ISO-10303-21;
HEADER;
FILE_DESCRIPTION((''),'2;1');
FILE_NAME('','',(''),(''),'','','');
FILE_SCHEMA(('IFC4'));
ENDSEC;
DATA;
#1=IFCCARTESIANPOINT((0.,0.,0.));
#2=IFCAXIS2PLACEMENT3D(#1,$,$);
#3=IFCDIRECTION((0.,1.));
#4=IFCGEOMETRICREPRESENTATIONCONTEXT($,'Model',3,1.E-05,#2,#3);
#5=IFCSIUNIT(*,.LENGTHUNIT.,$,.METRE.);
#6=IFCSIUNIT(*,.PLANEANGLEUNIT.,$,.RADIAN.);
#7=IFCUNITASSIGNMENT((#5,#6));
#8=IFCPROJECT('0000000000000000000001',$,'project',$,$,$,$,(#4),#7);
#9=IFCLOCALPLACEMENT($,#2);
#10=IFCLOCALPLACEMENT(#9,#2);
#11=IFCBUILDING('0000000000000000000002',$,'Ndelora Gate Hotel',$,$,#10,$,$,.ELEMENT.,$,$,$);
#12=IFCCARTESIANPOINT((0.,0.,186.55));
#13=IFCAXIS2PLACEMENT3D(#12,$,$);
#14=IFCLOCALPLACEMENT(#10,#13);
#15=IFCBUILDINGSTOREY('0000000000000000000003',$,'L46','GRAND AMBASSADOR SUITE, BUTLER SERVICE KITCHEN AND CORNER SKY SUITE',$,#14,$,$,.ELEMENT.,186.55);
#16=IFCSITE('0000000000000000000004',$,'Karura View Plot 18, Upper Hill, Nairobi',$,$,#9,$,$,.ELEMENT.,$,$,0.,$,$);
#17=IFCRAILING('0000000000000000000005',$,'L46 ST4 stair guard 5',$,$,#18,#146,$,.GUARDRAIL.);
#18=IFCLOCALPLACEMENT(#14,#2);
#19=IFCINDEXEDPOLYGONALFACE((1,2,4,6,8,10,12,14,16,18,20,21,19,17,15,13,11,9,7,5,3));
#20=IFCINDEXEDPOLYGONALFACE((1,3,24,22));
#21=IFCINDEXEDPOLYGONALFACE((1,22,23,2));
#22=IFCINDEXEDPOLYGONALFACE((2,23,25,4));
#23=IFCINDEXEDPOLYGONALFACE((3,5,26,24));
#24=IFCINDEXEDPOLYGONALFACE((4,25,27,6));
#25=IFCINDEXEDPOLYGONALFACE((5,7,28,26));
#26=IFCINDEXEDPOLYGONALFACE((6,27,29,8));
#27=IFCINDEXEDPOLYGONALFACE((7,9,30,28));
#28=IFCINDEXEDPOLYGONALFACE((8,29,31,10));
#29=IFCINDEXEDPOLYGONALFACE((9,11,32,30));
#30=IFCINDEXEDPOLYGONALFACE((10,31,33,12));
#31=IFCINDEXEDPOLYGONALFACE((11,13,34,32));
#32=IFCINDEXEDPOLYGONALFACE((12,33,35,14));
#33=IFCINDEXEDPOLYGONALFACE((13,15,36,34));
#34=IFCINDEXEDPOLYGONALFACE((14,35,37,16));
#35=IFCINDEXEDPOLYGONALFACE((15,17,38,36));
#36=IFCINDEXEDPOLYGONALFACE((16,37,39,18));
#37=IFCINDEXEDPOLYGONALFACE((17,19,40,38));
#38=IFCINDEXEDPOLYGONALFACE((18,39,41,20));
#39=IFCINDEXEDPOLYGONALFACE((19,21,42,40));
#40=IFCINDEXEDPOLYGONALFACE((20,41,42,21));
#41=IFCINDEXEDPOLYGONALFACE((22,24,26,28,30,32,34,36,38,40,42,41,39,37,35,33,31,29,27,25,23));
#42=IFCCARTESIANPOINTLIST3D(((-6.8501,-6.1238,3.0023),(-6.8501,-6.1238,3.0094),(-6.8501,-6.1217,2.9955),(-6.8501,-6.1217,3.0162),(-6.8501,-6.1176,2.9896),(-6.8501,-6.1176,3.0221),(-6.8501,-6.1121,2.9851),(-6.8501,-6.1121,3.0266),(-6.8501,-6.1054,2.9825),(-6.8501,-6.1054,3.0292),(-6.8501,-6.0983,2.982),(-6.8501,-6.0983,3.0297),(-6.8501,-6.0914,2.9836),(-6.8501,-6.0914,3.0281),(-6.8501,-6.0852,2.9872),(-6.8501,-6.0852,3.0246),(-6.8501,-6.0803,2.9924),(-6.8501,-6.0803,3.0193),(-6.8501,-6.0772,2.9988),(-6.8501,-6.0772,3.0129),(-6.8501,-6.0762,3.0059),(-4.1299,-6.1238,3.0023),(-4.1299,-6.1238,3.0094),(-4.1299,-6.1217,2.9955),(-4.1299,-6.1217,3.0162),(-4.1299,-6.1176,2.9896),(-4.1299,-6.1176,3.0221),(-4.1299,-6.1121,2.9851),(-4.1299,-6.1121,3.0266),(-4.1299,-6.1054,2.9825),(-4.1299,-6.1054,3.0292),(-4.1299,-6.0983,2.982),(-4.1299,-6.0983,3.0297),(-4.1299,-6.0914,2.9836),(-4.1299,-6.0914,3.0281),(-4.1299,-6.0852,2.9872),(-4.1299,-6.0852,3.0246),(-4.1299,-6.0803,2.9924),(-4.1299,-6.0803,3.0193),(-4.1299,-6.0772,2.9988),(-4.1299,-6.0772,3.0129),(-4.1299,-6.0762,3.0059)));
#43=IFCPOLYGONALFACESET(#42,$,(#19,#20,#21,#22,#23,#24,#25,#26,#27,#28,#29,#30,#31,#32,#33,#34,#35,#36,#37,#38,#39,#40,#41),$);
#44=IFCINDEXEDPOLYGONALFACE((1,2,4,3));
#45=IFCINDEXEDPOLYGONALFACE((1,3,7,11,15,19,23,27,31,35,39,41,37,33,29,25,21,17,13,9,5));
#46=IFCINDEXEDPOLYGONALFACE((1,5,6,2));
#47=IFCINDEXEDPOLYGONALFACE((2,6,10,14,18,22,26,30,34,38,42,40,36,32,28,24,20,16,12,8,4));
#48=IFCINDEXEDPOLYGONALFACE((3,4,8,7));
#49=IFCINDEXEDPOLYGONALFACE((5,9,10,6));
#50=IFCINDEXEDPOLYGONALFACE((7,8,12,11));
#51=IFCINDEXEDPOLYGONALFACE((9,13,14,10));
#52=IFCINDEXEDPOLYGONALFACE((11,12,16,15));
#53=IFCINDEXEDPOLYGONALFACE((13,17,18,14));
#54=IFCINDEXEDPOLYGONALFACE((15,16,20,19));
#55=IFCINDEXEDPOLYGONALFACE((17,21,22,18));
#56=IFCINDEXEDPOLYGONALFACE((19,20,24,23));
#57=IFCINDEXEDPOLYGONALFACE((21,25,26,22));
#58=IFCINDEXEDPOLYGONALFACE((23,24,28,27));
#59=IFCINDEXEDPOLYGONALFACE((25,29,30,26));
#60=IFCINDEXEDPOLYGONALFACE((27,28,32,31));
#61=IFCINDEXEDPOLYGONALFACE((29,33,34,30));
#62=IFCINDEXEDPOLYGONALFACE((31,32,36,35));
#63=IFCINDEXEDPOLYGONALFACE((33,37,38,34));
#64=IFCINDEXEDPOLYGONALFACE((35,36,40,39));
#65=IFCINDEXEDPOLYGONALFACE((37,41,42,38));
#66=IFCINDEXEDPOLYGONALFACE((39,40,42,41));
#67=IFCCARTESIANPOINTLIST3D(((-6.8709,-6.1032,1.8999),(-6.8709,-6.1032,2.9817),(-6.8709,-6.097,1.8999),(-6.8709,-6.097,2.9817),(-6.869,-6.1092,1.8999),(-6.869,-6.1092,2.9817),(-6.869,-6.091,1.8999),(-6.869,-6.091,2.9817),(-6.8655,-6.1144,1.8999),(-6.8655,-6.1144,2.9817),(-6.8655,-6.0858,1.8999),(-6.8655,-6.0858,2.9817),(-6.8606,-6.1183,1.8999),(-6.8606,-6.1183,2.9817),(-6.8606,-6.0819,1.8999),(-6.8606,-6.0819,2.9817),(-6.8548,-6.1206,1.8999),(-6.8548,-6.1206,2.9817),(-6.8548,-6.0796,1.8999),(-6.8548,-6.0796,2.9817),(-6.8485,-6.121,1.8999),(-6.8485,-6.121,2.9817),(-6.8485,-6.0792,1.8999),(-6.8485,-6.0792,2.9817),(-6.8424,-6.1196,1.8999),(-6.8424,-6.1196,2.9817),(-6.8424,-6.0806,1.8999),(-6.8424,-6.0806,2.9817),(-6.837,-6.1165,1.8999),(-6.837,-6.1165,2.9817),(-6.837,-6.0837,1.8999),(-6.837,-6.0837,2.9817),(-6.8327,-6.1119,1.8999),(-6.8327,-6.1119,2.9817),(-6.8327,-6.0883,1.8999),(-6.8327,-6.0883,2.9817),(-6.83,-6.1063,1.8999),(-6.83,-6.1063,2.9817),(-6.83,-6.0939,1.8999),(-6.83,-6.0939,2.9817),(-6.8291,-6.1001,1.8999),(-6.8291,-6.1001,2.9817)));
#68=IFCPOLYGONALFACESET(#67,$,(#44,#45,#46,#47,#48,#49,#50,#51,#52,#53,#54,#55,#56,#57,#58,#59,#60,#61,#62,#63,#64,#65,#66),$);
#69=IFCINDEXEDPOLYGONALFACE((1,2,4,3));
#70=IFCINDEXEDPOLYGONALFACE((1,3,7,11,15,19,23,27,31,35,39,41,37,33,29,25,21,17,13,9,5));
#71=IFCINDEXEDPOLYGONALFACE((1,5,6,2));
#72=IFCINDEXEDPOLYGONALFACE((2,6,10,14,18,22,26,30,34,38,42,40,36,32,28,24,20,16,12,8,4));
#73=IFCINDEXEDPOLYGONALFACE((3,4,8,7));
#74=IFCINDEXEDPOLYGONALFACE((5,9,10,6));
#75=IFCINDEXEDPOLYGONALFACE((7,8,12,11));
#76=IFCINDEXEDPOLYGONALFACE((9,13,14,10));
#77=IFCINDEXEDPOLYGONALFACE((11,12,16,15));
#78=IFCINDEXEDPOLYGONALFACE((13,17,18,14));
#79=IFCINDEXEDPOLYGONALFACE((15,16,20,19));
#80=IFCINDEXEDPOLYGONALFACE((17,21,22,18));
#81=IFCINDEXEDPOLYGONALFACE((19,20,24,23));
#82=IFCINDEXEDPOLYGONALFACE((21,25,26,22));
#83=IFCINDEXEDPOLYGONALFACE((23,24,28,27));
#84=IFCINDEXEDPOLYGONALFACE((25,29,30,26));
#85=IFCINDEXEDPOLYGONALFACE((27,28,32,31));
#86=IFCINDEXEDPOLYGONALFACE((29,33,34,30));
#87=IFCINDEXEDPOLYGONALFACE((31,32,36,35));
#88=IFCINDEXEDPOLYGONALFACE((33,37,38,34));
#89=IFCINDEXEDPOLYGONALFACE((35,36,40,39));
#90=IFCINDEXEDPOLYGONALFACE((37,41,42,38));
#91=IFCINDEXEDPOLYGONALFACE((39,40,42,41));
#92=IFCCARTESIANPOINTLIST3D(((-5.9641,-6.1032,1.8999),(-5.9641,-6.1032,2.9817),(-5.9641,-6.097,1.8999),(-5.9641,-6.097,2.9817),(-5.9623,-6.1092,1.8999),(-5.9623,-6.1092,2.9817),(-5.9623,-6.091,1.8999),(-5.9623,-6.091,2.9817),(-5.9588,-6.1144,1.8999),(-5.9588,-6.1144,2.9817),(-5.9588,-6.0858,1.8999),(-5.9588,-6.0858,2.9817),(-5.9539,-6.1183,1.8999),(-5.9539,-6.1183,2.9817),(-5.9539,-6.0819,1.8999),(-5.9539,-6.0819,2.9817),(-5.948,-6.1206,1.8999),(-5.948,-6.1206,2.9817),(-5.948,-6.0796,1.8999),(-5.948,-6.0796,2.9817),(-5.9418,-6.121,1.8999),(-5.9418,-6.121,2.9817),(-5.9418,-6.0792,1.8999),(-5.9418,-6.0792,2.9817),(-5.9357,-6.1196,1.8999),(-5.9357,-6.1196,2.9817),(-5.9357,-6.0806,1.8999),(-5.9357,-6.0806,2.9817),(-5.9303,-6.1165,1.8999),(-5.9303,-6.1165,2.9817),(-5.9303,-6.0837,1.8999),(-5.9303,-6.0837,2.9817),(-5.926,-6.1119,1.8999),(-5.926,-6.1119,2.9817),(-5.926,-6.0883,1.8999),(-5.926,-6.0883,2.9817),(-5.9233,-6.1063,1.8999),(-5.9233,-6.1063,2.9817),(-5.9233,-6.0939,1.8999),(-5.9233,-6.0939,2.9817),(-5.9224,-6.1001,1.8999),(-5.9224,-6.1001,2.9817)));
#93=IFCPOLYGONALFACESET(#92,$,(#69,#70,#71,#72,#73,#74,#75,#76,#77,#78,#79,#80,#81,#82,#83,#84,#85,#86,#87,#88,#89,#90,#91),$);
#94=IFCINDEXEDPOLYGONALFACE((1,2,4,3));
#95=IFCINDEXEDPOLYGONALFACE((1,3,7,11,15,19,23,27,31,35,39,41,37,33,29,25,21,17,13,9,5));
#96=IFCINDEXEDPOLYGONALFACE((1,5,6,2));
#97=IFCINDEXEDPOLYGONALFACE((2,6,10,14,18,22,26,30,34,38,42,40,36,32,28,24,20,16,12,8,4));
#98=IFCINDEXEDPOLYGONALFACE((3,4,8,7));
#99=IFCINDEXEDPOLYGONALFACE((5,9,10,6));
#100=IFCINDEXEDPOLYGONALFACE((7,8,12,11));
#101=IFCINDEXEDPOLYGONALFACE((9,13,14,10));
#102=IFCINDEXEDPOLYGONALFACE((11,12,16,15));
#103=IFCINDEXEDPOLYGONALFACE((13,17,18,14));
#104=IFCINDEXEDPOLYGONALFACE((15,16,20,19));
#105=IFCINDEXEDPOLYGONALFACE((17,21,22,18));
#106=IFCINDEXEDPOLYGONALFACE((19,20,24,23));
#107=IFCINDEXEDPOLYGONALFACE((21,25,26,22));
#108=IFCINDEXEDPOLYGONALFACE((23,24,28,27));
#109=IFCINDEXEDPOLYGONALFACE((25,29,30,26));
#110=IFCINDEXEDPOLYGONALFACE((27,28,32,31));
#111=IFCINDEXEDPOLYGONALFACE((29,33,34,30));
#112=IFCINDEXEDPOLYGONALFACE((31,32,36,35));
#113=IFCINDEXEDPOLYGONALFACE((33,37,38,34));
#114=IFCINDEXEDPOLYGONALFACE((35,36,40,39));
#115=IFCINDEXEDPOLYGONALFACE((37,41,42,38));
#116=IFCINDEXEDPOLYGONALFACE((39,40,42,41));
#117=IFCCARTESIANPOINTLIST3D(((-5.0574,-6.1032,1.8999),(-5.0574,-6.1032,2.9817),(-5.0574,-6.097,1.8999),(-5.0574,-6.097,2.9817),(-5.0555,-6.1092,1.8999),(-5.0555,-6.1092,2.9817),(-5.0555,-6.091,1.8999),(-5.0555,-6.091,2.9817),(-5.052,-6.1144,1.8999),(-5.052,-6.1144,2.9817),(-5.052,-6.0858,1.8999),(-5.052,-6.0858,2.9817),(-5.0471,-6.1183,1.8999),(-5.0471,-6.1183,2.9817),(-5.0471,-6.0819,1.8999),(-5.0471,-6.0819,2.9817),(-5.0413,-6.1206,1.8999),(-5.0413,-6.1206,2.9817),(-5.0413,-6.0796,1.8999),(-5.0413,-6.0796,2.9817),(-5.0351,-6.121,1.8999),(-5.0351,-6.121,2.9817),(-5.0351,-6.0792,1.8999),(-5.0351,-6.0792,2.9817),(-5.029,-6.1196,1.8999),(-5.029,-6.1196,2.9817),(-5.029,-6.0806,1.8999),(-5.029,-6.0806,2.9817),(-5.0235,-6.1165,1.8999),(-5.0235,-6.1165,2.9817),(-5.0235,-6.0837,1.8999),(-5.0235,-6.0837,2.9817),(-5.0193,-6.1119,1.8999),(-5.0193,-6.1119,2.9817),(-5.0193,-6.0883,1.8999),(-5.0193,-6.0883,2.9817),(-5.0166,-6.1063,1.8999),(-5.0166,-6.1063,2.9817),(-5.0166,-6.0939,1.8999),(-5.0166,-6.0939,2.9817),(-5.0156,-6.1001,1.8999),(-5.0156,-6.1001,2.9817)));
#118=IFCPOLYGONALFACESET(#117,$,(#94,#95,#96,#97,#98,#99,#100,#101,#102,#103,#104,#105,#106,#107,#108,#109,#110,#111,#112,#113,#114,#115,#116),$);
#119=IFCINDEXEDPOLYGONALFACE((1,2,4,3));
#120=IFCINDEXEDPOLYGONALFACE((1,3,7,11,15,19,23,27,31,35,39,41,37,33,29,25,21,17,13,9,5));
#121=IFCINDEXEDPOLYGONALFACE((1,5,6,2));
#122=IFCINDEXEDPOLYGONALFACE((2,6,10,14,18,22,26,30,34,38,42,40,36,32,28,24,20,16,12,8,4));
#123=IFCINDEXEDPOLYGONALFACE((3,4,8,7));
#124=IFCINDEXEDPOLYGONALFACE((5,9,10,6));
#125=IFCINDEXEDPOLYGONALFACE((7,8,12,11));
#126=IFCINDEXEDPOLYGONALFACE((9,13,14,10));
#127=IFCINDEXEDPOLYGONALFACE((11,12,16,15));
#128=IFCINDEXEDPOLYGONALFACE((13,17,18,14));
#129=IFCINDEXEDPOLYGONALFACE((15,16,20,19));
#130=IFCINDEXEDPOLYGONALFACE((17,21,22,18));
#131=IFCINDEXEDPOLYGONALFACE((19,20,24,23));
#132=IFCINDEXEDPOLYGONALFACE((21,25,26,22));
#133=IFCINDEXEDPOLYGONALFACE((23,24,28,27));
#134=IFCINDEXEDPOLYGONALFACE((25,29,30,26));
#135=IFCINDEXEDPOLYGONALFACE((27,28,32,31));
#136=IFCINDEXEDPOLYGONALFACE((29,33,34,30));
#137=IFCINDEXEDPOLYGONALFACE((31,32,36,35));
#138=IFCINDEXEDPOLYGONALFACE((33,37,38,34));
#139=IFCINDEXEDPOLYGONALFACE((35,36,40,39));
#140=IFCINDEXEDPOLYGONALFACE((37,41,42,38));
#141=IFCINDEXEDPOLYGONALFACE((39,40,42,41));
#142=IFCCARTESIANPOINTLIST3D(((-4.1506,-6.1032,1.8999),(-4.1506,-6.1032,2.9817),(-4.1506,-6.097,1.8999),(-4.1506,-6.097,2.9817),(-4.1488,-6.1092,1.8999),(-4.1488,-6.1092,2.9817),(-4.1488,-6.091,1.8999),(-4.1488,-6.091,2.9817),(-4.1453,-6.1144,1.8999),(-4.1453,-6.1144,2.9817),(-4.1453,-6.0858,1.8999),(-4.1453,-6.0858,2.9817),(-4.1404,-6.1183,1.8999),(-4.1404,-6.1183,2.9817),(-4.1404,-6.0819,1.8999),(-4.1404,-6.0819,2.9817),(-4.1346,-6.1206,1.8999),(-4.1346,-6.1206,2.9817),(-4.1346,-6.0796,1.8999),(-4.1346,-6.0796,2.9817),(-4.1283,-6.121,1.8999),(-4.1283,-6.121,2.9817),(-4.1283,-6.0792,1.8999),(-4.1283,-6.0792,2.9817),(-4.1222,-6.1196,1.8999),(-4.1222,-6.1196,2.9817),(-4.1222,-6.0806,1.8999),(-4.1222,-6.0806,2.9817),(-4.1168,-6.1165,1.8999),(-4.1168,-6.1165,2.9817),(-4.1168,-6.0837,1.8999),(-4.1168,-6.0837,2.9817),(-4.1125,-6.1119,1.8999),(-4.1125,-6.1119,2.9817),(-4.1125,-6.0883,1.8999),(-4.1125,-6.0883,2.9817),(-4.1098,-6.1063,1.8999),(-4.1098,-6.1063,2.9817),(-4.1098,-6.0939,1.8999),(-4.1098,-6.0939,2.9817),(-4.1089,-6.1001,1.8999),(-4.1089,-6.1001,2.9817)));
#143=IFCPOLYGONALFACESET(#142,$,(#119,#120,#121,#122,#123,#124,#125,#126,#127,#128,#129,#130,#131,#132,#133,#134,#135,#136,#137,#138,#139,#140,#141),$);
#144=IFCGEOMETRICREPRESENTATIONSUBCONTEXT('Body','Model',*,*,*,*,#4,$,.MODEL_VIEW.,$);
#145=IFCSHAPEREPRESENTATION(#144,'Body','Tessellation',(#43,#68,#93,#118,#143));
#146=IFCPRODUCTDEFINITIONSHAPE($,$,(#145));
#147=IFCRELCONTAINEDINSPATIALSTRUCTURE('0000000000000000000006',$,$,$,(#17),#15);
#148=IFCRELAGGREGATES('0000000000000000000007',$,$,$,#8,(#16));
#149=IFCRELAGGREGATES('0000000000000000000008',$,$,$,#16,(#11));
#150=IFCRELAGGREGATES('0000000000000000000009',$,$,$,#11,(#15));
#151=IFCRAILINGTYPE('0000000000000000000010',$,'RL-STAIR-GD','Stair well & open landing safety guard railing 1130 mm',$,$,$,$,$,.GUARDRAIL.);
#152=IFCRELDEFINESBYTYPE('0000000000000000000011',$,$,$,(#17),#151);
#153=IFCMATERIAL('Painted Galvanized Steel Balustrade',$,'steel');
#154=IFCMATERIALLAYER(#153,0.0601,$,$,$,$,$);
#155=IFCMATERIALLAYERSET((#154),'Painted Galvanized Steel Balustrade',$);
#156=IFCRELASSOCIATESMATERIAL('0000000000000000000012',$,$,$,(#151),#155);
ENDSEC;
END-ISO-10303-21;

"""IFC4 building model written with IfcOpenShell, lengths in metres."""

from ifc_helpers import new_model, si_unit, direction, frame, origin, origin_2d, place, context, subcontext, project, spatial, circle, extrude, material, layer, layer_set, type_object, element, save


model = new_model("IFC4")

# Units and contexts
model_context = context("Model", 3, precision=1e-05, world=origin(), true_north=direction((0.0, 1.0)))
body_context = subcontext(model_context, "Body", "Model", "MODEL_VIEW")
ifc_project = project(units=[si_unit("LENGTHUNIT", "METRE"), si_unit("PLANEANGLEUNIT", "RADIAN")], contexts=[model_context])

# Site, building, storey
site_placement = place(None, origin())
site = spatial("IfcSite", under=ifc_project, at=site_placement, Name="Karura View Plot 18, Upper Hill, Nairobi", CompositionType="ELEMENT", RefElevation=0.0)
building_placement = place(site_placement, origin())
building = spatial("IfcBuilding", under=site, at=building_placement, Name="Ndelora Gate Hotel", CompositionType="ELEMENT")
storey_placement = place(building_placement, frame((0.0, 0.0, 186.55)))
storey = spatial("IfcBuildingStorey", under=building, at=storey_placement, Name="L46", Description="GRAND AMBASSADOR SUITE, BUTLER SERVICE KITCHEN AND CORNER SKY SUITE", CompositionType="ELEMENT", Elevation=186.55)

# Railing
ifc_material_1 = material(Name="Painted Galvanized Steel Balustrade", Category="steel")
ifc_layer_1 = layer(ifc_material_1, 0.0601)
ifc_layer_set_1 = layer_set([ifc_layer_1], Name="Painted Galvanized Steel Balustrade")
railing_type_1 = type_object("IfcRailingType", Name="RL-STAIR-GD", Description="Stair well & open landing safety guard railing 1130 mm", PredefinedType="GUARDRAIL", material=ifc_layer_set_1)
railing_1_placement = place(storey_placement, frame((-6.8501, -6.1001, 1.8999)))
element("IfcRailing", 1, at=railing_1_placement, inside=storey, type_object=railing_type_1, Name="L46 ST4 stair guard 5", PredefinedType="GUARDRAIL", context=body_context, shape_type="SweptSolid", body=[
    extrude(circle(Radius=0.0239, at=origin_2d()), frame((0.0, 0.0, 1.106), z_axis=(1.0, 0.0, 0.0), x_axis=(0.0, 1.0, 0.0)), (0.0, 0.0, 1.0), 2.7202),
    extrude(circle(Radius=0.021, at=origin_2d()), origin(), (0.0, 0.0, 1.0), 1.0818),
    extrude(circle(Radius=0.021, at=origin_2d()), frame((0.9067, 0.0, 0.0)), (0.0, 0.0, 1.0), 1.0818),
    extrude(circle(Radius=0.021, at=origin_2d()), frame((1.8135, 0.0, 0.0)), (0.0, 0.0, 1.0), 1.0818),
    extrude(circle(Radius=0.021, at=origin_2d()), frame((2.7202, 0.0, 0.0)), (0.0, 0.0, 1.0), 1.0818),
])

save(model, "model.ifc")
